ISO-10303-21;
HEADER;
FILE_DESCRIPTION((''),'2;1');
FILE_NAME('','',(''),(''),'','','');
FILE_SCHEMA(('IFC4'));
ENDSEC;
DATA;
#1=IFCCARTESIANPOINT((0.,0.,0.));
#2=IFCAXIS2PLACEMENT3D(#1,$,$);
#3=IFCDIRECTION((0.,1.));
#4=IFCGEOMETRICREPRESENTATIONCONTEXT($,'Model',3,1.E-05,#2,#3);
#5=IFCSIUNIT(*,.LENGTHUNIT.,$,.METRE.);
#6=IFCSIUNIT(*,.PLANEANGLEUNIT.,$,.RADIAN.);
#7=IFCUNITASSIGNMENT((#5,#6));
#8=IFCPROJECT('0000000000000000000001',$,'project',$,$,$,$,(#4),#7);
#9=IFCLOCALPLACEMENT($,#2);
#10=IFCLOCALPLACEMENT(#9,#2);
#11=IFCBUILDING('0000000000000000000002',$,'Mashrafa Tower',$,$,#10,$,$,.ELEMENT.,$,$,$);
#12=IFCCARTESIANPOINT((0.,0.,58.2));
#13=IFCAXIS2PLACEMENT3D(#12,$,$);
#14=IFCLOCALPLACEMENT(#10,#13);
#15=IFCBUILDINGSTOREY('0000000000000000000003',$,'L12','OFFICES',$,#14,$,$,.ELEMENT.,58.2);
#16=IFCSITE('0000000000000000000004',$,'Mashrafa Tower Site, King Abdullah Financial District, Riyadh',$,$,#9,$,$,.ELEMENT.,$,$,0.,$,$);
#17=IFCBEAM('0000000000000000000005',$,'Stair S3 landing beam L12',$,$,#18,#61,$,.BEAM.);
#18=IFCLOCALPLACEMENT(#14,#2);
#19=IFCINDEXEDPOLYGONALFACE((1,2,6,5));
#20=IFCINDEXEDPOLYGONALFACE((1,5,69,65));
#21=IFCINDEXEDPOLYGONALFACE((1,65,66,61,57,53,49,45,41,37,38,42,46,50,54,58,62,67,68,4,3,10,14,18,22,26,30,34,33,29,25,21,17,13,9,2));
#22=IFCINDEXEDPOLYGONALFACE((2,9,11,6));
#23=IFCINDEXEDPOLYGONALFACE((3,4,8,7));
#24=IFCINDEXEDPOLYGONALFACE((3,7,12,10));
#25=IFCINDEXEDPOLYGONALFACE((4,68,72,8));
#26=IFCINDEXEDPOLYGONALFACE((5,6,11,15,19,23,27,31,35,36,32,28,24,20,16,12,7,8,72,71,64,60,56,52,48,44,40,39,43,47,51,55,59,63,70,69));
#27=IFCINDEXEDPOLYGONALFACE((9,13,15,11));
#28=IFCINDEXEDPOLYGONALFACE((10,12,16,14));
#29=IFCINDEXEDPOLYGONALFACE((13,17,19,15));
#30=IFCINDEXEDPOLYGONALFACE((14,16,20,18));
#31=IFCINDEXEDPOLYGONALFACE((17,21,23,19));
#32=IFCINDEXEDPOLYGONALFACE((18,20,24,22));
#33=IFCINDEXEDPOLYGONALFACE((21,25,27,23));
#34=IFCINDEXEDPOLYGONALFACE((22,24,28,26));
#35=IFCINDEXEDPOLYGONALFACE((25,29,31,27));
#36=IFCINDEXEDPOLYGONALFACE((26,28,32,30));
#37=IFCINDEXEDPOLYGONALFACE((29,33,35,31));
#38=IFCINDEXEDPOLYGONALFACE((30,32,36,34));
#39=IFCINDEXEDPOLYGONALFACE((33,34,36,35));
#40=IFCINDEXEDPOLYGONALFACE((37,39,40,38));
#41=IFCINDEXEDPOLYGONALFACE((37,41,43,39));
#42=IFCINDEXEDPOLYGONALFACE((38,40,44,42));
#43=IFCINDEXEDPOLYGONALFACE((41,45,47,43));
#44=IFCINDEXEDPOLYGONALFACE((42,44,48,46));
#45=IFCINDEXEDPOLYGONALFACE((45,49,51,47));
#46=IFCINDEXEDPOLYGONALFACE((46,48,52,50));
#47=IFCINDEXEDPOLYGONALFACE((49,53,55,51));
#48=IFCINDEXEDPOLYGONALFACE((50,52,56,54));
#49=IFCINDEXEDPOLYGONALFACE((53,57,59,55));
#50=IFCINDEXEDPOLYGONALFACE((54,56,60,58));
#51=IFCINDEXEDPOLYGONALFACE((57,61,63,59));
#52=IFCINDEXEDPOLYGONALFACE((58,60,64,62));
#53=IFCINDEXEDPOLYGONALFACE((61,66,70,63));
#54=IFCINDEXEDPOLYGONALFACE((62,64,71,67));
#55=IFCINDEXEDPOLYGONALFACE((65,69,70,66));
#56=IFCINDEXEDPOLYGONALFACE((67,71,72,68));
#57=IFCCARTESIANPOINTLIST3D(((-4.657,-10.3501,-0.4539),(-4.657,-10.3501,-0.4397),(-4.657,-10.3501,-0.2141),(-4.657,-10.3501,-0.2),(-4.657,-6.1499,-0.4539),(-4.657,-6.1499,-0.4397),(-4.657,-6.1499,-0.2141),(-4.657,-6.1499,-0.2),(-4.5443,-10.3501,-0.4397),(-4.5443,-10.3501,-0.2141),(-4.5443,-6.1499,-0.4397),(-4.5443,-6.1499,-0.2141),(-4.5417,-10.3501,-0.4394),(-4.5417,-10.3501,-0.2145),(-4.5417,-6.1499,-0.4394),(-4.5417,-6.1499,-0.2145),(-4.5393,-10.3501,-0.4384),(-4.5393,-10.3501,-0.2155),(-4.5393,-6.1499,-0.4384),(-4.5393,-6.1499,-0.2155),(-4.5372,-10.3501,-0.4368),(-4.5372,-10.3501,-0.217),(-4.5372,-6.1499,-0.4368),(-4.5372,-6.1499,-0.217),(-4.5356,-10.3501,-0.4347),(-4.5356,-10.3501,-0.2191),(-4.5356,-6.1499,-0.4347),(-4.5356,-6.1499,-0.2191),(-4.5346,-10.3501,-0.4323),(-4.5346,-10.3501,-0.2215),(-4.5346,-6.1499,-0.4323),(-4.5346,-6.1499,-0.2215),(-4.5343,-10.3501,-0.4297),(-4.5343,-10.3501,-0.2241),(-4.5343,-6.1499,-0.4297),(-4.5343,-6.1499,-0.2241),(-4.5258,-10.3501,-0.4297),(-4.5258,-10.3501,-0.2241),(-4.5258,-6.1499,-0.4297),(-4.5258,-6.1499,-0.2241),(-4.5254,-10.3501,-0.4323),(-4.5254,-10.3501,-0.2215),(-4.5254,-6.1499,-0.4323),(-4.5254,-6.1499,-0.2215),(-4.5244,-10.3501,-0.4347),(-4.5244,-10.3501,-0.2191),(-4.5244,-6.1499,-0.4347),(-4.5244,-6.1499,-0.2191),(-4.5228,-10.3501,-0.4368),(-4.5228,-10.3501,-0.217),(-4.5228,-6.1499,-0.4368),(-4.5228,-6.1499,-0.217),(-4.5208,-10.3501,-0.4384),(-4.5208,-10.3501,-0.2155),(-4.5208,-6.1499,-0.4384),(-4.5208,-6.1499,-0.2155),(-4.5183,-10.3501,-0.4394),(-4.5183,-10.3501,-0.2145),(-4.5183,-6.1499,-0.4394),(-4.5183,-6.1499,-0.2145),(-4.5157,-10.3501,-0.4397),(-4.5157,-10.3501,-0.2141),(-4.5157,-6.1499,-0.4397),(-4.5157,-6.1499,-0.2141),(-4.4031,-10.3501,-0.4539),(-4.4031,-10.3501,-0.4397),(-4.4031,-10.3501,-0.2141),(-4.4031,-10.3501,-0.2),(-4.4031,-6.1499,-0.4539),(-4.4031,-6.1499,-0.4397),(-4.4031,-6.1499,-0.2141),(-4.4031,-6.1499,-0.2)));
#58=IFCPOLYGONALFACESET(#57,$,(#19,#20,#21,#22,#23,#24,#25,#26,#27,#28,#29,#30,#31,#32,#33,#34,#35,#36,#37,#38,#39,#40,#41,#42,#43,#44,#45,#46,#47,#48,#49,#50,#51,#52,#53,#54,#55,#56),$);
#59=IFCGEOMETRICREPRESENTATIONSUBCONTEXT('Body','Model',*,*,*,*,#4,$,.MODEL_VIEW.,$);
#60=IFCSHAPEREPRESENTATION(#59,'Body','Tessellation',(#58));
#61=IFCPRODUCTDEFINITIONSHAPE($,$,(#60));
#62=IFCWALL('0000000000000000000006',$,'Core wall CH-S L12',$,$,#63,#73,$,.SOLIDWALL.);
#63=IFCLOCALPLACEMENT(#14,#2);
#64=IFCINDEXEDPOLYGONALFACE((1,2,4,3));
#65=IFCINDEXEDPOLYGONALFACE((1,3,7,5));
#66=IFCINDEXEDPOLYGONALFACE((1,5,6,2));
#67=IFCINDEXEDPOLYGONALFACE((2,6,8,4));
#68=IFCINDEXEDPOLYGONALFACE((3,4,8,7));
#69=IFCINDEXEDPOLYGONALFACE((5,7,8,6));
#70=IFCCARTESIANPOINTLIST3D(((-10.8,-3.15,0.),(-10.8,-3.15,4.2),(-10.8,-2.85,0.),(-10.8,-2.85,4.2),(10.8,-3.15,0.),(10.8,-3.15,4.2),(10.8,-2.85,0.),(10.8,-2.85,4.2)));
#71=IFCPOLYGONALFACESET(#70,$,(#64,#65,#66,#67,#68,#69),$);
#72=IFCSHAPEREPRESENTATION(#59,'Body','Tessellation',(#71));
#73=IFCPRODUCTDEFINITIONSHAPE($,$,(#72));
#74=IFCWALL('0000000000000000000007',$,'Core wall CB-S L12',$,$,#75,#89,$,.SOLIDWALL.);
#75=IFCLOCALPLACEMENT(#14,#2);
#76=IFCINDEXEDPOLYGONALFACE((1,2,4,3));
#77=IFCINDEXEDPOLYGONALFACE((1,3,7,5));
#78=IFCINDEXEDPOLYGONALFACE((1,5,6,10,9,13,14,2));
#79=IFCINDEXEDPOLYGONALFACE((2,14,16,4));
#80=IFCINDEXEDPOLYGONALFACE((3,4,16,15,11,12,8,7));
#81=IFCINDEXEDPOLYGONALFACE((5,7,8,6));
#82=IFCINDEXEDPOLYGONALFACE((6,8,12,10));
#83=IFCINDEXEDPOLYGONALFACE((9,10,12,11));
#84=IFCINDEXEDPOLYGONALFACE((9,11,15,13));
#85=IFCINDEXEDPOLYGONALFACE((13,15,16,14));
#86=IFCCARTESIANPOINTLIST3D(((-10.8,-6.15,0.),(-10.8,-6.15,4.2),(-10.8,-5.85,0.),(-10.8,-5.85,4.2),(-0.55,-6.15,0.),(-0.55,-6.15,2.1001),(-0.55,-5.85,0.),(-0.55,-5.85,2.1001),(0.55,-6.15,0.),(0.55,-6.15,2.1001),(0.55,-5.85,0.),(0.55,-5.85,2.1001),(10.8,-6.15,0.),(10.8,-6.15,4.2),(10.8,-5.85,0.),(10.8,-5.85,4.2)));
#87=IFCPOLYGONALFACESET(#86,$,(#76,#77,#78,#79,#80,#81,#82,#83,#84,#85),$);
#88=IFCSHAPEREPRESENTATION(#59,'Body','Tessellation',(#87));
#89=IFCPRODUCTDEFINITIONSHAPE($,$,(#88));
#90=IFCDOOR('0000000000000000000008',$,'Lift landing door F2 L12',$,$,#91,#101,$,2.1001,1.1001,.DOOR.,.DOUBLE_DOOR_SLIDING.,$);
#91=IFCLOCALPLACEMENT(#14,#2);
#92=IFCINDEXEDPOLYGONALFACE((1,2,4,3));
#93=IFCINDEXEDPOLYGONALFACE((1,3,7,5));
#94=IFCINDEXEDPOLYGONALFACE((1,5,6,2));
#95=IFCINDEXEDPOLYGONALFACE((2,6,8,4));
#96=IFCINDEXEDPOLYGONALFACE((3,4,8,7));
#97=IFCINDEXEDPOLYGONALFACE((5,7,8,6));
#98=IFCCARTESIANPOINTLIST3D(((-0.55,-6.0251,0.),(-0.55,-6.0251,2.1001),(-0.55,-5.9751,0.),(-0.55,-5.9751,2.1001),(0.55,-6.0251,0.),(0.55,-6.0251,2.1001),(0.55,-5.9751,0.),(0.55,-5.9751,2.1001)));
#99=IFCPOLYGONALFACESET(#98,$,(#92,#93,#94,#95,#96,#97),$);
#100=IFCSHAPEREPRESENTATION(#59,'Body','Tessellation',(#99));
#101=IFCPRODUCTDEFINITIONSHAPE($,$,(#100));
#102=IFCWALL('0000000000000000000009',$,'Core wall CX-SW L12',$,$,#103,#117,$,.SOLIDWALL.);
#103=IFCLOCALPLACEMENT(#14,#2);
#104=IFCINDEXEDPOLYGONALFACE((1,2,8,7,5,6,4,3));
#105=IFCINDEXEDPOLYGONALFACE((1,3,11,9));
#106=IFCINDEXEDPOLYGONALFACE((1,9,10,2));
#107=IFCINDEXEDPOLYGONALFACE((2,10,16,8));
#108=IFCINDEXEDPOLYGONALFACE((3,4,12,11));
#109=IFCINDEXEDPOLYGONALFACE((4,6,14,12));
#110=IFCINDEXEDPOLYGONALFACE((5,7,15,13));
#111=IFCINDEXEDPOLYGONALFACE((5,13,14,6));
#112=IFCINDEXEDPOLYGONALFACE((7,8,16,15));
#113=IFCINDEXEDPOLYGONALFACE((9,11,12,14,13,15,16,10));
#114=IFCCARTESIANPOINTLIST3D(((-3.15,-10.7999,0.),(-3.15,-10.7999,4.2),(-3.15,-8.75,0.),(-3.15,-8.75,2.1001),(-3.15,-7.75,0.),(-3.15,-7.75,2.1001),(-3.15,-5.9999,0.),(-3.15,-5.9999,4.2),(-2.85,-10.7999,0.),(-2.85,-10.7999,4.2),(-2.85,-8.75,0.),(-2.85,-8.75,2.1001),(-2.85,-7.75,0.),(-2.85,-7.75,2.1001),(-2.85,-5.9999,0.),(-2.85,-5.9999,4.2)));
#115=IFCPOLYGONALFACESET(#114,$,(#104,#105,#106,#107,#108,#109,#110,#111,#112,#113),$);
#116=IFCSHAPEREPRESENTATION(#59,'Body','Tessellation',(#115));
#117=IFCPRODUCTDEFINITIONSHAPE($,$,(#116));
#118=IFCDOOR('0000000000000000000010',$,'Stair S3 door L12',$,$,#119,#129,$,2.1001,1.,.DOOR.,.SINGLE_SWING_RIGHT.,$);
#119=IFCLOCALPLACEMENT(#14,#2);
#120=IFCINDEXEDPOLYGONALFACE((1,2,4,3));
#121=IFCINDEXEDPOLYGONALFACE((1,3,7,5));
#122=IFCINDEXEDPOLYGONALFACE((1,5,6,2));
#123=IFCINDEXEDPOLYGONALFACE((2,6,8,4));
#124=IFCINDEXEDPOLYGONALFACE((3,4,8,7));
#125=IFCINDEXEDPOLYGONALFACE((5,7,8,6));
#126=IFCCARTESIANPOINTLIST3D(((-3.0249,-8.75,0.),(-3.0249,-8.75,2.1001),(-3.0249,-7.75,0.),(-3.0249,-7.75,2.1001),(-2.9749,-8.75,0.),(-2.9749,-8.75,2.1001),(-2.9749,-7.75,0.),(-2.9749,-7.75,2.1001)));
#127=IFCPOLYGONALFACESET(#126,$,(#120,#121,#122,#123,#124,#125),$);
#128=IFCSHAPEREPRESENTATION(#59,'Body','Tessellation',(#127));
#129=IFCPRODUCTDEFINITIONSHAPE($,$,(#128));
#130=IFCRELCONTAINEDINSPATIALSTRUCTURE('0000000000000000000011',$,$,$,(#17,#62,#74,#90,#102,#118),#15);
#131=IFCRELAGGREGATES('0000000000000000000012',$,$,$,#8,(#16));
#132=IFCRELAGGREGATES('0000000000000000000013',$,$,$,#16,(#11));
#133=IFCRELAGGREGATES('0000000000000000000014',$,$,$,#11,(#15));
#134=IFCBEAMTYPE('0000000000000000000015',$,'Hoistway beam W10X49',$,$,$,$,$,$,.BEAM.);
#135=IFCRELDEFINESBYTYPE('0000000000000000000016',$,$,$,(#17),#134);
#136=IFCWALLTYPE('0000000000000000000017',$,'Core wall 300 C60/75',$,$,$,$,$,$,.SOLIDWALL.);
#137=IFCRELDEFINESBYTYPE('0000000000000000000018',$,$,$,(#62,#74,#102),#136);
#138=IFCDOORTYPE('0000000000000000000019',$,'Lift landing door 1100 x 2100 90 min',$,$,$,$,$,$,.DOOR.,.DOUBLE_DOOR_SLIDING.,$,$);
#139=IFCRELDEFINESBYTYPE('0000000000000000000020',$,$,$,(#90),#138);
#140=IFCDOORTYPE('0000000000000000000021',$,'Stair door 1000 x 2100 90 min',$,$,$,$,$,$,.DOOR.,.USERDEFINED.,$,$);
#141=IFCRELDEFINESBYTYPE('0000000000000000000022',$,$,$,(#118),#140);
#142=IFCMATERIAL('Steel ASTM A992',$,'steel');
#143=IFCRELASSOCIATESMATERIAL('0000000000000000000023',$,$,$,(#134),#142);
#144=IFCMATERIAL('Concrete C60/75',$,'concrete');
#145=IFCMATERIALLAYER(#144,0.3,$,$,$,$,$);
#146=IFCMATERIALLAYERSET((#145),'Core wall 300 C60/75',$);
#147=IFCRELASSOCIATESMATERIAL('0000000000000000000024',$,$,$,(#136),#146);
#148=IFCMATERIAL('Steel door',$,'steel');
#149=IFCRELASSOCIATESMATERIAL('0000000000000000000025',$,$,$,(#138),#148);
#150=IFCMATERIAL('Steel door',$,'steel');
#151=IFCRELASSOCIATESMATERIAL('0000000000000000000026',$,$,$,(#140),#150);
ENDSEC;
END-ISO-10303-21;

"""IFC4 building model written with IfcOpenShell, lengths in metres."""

from ifc_helpers import new_model, si_unit, direction, frame, frame_2d, origin, origin_2d, place, context, subcontext, project, spatial, rectangle, i_section, extrude, material, layer, layer_set, material_profile, profile_set, type_object, element, fill, save


model = new_model("IFC4")

# Units and contexts
model_context = context("Model", 3, precision=1e-05, world=origin(), true_north=direction((0.0, 1.0)))
body_context = subcontext(model_context, "Body", "Model", "MODEL_VIEW")
ifc_project = project(units=[si_unit("LENGTHUNIT", "METRE"), si_unit("PLANEANGLEUNIT", "RADIAN")], contexts=[model_context])

# Site, building, storey
site_placement = place(None, origin())
site = spatial("IfcSite", under=ifc_project, at=site_placement, Name="Mashrafa Tower Site, King Abdullah Financial District, Riyadh", CompositionType="ELEMENT", RefElevation=0.0)
building_placement = place(site_placement, origin())
building = spatial("IfcBuilding", under=site, at=building_placement, Name="Mashrafa Tower", CompositionType="ELEMENT")
storey_placement = place(building_placement, frame((0.0, 0.0, 58.2)))
storey = spatial("IfcBuildingStorey", under=building, at=storey_placement, Name="L12", Description="OFFICES", CompositionType="ELEMENT", Elevation=58.2)

# Beam
ifc_material_1 = material(Name="Steel ASTM A992", Category="steel")
ifc_material_profile_1 = material_profile(ifc_material_1, i_section(OverallWidth=0.2539, OverallDepth=0.2539, WebThickness=0.0085, FlangeThickness=0.0142, FilletRadius=0.01, at=origin_2d()), Name="W10X49")
ifc_profile_set_1 = profile_set([ifc_material_profile_1], Name="Steel ASTM A992")
beam_type_1 = type_object("IfcBeamType", Name="Hoistway beam W10X49", PredefinedType="BEAM", material=ifc_profile_set_1)
beam_1_placement = place(storey_placement, frame((-4.53, -10.3501, -0.3269), z_axis=(0.0, 1.0, 0.0), x_axis=(-1.0, 0.0, 0.0)))
element("IfcBeam", 1, at=beam_1_placement, inside=storey, type_object=beam_type_1, Name="Stair S3 landing beam L12", PredefinedType="BEAM", context=body_context, shape_type="SweptSolid", body=[
    extrude(i_section(OverallWidth=0.2539, OverallDepth=0.2539, WebThickness=0.0085, FlangeThickness=0.0142, FilletRadius=0.01, at=origin_2d()), origin(), (0.0, 0.0, 1.0), 4.2002),
])

# Wall
ifc_material_2 = material(Name="Concrete C60/75", Category="concrete")
ifc_layer_1 = layer(ifc_material_2, 0.3)
ifc_layer_set_1 = layer_set([ifc_layer_1], Name="Core wall 300 C60/75")
wall_type_1 = type_object("IfcWallType", Name="Core wall 300 C60/75", PredefinedType="SOLIDWALL", material=ifc_layer_set_1)
wall_1_placement = place(storey_placement, frame((-10.8, -3.0, 0.0), z_axis=(0.0, 0.0, 1.0), x_axis=(1.0, 0.0, 0.0)))
element("IfcWall", 2, at=wall_1_placement, inside=storey, type_object=wall_type_1, Name="Core wall CH-S L12", PredefinedType="SOLIDWALL", context=body_context, shape_type="SweptSolid", body=[
    extrude(rectangle(XDim=21.6001, YDim=0.3, at=frame_2d((10.8, 0.0))), origin(), (0.0, 0.0, 1.0), 4.2),
])

# Walls, openings, doors
wall_2_placement = place(storey_placement, frame((-10.8, -6.0, 0.0), z_axis=(0.0, 0.0, 1.0), x_axis=(1.0, 0.0, 0.0)))
wall_2 = element("IfcWall", 3, at=wall_2_placement, inside=storey, type_object=wall_type_1, Name="Core wall CB-S L12", PredefinedType="SOLIDWALL", context=body_context, shape_type="SweptSolid", body=[
    extrude(rectangle(XDim=21.6001, YDim=0.3, at=frame_2d((10.8, 0.0))), origin(), (0.0, 0.0, 1.0), 4.2),
])
opening_1_placement = place(wall_2_placement, frame((10.25, 0.0, 0.0)))
opening_1 = element("IfcOpeningElement", 4, at=opening_1_placement, cuts=wall_2, PredefinedType="OPENING", context=body_context, shape_type="SweptSolid", body=[
    extrude(rectangle(XDim=1.1001, YDim=2.1001, at=frame_2d((0.55, 1.05))), frame((0.0, 0.1599, 0.0), z_axis=(0.0, -1.0, 0.0), x_axis=(1.0, 0.0, 0.0)), (0.0, 0.0, 1.0), 0.3201),
])
ifc_material_3 = material(Name="Steel door", Category="steel")
door_type_1 = type_object("IfcDoorType", Name="Lift landing door 1100 x 2100 90 min", OperationType="DOUBLE_DOOR_SLIDING", PredefinedType="DOOR", material=ifc_material_3)
door_1_placement = place(opening_1_placement, origin())
door_1 = element("IfcDoor", 5, at=door_1_placement, inside=storey, type_object=door_type_1, Name="Lift landing door F2 L12", OperationType="DOUBLE_DOOR_SLIDING", OverallHeight=2.1001, OverallWidth=1.1001, PredefinedType="DOOR", context=body_context, shape_type="SweptSolid", body=[
    extrude(rectangle(XDim=1.1001, YDim=2.1001, at=frame_2d((0.55, 1.05))), frame((0.0, 0.0249, 0.0), z_axis=(0.0, -1.0, 0.0), x_axis=(1.0, 0.0, 0.0)), (0.0, 0.0, 1.0), 0.05),
])
fill(opening_1, door_1)
wall_3_placement = place(storey_placement, frame((-3.0, -6.0, 0.0), z_axis=(0.0, 0.0, 1.0), x_axis=(0.0, -1.0, 0.0)))
wall_3 = element("IfcWall", 6, at=wall_3_placement, inside=storey, type_object=wall_type_1, Name="Core wall CX-SW L12", PredefinedType="SOLIDWALL", context=body_context, shape_type="SweptSolid", body=[
    extrude(rectangle(XDim=4.8, YDim=0.3, at=frame_2d((2.3999, 0.0))), origin(), (0.0, 0.0, 1.0), 4.2),
])
opening_2_placement = place(wall_3_placement, frame((1.75, 0.0, 0.0)))
opening_2 = element("IfcOpeningElement", 7, at=opening_2_placement, cuts=wall_3, PredefinedType="OPENING", context=body_context, shape_type="SweptSolid", body=[
    extrude(rectangle(XDim=1.0, YDim=2.1001, at=frame_2d((0.5, 1.05))), frame((0.0, 0.1599, 0.0), z_axis=(0.0, -1.0, 0.0), x_axis=(1.0, 0.0, 0.0)), (0.0, 0.0, 1.0), 0.3201),
])
ifc_material_4 = material(Name="Steel door", Category="steel")
door_type_2 = type_object("IfcDoorType", Name="Stair door 1000 x 2100 90 min", OperationType="USERDEFINED", PredefinedType="DOOR", material=ifc_material_4)
door_2_placement = place(opening_2_placement, frame((1.0, 0.0, 0.0), z_axis=(0.0, 0.0, 1.0), x_axis=(-1.0, 0.0, 0.0)))
door_2 = element("IfcDoor", 8, at=door_2_placement, inside=storey, type_object=door_type_2, Name="Stair S3 door L12", OperationType="SINGLE_SWING_RIGHT", OverallHeight=2.1001, OverallWidth=1.0, PredefinedType="DOOR", context=body_context, shape_type="SweptSolid", body=[
    extrude(rectangle(XDim=1.0, YDim=2.1001, at=frame_2d((0.5, 1.05))), frame((0.0, 0.0249, 0.0), z_axis=(0.0, -1.0, 0.0), x_axis=(1.0, 0.0, 0.0)), (0.0, 0.0, 1.0), 0.05),
])
fill(opening_2, door_2)

save(model, "model.ifc")
